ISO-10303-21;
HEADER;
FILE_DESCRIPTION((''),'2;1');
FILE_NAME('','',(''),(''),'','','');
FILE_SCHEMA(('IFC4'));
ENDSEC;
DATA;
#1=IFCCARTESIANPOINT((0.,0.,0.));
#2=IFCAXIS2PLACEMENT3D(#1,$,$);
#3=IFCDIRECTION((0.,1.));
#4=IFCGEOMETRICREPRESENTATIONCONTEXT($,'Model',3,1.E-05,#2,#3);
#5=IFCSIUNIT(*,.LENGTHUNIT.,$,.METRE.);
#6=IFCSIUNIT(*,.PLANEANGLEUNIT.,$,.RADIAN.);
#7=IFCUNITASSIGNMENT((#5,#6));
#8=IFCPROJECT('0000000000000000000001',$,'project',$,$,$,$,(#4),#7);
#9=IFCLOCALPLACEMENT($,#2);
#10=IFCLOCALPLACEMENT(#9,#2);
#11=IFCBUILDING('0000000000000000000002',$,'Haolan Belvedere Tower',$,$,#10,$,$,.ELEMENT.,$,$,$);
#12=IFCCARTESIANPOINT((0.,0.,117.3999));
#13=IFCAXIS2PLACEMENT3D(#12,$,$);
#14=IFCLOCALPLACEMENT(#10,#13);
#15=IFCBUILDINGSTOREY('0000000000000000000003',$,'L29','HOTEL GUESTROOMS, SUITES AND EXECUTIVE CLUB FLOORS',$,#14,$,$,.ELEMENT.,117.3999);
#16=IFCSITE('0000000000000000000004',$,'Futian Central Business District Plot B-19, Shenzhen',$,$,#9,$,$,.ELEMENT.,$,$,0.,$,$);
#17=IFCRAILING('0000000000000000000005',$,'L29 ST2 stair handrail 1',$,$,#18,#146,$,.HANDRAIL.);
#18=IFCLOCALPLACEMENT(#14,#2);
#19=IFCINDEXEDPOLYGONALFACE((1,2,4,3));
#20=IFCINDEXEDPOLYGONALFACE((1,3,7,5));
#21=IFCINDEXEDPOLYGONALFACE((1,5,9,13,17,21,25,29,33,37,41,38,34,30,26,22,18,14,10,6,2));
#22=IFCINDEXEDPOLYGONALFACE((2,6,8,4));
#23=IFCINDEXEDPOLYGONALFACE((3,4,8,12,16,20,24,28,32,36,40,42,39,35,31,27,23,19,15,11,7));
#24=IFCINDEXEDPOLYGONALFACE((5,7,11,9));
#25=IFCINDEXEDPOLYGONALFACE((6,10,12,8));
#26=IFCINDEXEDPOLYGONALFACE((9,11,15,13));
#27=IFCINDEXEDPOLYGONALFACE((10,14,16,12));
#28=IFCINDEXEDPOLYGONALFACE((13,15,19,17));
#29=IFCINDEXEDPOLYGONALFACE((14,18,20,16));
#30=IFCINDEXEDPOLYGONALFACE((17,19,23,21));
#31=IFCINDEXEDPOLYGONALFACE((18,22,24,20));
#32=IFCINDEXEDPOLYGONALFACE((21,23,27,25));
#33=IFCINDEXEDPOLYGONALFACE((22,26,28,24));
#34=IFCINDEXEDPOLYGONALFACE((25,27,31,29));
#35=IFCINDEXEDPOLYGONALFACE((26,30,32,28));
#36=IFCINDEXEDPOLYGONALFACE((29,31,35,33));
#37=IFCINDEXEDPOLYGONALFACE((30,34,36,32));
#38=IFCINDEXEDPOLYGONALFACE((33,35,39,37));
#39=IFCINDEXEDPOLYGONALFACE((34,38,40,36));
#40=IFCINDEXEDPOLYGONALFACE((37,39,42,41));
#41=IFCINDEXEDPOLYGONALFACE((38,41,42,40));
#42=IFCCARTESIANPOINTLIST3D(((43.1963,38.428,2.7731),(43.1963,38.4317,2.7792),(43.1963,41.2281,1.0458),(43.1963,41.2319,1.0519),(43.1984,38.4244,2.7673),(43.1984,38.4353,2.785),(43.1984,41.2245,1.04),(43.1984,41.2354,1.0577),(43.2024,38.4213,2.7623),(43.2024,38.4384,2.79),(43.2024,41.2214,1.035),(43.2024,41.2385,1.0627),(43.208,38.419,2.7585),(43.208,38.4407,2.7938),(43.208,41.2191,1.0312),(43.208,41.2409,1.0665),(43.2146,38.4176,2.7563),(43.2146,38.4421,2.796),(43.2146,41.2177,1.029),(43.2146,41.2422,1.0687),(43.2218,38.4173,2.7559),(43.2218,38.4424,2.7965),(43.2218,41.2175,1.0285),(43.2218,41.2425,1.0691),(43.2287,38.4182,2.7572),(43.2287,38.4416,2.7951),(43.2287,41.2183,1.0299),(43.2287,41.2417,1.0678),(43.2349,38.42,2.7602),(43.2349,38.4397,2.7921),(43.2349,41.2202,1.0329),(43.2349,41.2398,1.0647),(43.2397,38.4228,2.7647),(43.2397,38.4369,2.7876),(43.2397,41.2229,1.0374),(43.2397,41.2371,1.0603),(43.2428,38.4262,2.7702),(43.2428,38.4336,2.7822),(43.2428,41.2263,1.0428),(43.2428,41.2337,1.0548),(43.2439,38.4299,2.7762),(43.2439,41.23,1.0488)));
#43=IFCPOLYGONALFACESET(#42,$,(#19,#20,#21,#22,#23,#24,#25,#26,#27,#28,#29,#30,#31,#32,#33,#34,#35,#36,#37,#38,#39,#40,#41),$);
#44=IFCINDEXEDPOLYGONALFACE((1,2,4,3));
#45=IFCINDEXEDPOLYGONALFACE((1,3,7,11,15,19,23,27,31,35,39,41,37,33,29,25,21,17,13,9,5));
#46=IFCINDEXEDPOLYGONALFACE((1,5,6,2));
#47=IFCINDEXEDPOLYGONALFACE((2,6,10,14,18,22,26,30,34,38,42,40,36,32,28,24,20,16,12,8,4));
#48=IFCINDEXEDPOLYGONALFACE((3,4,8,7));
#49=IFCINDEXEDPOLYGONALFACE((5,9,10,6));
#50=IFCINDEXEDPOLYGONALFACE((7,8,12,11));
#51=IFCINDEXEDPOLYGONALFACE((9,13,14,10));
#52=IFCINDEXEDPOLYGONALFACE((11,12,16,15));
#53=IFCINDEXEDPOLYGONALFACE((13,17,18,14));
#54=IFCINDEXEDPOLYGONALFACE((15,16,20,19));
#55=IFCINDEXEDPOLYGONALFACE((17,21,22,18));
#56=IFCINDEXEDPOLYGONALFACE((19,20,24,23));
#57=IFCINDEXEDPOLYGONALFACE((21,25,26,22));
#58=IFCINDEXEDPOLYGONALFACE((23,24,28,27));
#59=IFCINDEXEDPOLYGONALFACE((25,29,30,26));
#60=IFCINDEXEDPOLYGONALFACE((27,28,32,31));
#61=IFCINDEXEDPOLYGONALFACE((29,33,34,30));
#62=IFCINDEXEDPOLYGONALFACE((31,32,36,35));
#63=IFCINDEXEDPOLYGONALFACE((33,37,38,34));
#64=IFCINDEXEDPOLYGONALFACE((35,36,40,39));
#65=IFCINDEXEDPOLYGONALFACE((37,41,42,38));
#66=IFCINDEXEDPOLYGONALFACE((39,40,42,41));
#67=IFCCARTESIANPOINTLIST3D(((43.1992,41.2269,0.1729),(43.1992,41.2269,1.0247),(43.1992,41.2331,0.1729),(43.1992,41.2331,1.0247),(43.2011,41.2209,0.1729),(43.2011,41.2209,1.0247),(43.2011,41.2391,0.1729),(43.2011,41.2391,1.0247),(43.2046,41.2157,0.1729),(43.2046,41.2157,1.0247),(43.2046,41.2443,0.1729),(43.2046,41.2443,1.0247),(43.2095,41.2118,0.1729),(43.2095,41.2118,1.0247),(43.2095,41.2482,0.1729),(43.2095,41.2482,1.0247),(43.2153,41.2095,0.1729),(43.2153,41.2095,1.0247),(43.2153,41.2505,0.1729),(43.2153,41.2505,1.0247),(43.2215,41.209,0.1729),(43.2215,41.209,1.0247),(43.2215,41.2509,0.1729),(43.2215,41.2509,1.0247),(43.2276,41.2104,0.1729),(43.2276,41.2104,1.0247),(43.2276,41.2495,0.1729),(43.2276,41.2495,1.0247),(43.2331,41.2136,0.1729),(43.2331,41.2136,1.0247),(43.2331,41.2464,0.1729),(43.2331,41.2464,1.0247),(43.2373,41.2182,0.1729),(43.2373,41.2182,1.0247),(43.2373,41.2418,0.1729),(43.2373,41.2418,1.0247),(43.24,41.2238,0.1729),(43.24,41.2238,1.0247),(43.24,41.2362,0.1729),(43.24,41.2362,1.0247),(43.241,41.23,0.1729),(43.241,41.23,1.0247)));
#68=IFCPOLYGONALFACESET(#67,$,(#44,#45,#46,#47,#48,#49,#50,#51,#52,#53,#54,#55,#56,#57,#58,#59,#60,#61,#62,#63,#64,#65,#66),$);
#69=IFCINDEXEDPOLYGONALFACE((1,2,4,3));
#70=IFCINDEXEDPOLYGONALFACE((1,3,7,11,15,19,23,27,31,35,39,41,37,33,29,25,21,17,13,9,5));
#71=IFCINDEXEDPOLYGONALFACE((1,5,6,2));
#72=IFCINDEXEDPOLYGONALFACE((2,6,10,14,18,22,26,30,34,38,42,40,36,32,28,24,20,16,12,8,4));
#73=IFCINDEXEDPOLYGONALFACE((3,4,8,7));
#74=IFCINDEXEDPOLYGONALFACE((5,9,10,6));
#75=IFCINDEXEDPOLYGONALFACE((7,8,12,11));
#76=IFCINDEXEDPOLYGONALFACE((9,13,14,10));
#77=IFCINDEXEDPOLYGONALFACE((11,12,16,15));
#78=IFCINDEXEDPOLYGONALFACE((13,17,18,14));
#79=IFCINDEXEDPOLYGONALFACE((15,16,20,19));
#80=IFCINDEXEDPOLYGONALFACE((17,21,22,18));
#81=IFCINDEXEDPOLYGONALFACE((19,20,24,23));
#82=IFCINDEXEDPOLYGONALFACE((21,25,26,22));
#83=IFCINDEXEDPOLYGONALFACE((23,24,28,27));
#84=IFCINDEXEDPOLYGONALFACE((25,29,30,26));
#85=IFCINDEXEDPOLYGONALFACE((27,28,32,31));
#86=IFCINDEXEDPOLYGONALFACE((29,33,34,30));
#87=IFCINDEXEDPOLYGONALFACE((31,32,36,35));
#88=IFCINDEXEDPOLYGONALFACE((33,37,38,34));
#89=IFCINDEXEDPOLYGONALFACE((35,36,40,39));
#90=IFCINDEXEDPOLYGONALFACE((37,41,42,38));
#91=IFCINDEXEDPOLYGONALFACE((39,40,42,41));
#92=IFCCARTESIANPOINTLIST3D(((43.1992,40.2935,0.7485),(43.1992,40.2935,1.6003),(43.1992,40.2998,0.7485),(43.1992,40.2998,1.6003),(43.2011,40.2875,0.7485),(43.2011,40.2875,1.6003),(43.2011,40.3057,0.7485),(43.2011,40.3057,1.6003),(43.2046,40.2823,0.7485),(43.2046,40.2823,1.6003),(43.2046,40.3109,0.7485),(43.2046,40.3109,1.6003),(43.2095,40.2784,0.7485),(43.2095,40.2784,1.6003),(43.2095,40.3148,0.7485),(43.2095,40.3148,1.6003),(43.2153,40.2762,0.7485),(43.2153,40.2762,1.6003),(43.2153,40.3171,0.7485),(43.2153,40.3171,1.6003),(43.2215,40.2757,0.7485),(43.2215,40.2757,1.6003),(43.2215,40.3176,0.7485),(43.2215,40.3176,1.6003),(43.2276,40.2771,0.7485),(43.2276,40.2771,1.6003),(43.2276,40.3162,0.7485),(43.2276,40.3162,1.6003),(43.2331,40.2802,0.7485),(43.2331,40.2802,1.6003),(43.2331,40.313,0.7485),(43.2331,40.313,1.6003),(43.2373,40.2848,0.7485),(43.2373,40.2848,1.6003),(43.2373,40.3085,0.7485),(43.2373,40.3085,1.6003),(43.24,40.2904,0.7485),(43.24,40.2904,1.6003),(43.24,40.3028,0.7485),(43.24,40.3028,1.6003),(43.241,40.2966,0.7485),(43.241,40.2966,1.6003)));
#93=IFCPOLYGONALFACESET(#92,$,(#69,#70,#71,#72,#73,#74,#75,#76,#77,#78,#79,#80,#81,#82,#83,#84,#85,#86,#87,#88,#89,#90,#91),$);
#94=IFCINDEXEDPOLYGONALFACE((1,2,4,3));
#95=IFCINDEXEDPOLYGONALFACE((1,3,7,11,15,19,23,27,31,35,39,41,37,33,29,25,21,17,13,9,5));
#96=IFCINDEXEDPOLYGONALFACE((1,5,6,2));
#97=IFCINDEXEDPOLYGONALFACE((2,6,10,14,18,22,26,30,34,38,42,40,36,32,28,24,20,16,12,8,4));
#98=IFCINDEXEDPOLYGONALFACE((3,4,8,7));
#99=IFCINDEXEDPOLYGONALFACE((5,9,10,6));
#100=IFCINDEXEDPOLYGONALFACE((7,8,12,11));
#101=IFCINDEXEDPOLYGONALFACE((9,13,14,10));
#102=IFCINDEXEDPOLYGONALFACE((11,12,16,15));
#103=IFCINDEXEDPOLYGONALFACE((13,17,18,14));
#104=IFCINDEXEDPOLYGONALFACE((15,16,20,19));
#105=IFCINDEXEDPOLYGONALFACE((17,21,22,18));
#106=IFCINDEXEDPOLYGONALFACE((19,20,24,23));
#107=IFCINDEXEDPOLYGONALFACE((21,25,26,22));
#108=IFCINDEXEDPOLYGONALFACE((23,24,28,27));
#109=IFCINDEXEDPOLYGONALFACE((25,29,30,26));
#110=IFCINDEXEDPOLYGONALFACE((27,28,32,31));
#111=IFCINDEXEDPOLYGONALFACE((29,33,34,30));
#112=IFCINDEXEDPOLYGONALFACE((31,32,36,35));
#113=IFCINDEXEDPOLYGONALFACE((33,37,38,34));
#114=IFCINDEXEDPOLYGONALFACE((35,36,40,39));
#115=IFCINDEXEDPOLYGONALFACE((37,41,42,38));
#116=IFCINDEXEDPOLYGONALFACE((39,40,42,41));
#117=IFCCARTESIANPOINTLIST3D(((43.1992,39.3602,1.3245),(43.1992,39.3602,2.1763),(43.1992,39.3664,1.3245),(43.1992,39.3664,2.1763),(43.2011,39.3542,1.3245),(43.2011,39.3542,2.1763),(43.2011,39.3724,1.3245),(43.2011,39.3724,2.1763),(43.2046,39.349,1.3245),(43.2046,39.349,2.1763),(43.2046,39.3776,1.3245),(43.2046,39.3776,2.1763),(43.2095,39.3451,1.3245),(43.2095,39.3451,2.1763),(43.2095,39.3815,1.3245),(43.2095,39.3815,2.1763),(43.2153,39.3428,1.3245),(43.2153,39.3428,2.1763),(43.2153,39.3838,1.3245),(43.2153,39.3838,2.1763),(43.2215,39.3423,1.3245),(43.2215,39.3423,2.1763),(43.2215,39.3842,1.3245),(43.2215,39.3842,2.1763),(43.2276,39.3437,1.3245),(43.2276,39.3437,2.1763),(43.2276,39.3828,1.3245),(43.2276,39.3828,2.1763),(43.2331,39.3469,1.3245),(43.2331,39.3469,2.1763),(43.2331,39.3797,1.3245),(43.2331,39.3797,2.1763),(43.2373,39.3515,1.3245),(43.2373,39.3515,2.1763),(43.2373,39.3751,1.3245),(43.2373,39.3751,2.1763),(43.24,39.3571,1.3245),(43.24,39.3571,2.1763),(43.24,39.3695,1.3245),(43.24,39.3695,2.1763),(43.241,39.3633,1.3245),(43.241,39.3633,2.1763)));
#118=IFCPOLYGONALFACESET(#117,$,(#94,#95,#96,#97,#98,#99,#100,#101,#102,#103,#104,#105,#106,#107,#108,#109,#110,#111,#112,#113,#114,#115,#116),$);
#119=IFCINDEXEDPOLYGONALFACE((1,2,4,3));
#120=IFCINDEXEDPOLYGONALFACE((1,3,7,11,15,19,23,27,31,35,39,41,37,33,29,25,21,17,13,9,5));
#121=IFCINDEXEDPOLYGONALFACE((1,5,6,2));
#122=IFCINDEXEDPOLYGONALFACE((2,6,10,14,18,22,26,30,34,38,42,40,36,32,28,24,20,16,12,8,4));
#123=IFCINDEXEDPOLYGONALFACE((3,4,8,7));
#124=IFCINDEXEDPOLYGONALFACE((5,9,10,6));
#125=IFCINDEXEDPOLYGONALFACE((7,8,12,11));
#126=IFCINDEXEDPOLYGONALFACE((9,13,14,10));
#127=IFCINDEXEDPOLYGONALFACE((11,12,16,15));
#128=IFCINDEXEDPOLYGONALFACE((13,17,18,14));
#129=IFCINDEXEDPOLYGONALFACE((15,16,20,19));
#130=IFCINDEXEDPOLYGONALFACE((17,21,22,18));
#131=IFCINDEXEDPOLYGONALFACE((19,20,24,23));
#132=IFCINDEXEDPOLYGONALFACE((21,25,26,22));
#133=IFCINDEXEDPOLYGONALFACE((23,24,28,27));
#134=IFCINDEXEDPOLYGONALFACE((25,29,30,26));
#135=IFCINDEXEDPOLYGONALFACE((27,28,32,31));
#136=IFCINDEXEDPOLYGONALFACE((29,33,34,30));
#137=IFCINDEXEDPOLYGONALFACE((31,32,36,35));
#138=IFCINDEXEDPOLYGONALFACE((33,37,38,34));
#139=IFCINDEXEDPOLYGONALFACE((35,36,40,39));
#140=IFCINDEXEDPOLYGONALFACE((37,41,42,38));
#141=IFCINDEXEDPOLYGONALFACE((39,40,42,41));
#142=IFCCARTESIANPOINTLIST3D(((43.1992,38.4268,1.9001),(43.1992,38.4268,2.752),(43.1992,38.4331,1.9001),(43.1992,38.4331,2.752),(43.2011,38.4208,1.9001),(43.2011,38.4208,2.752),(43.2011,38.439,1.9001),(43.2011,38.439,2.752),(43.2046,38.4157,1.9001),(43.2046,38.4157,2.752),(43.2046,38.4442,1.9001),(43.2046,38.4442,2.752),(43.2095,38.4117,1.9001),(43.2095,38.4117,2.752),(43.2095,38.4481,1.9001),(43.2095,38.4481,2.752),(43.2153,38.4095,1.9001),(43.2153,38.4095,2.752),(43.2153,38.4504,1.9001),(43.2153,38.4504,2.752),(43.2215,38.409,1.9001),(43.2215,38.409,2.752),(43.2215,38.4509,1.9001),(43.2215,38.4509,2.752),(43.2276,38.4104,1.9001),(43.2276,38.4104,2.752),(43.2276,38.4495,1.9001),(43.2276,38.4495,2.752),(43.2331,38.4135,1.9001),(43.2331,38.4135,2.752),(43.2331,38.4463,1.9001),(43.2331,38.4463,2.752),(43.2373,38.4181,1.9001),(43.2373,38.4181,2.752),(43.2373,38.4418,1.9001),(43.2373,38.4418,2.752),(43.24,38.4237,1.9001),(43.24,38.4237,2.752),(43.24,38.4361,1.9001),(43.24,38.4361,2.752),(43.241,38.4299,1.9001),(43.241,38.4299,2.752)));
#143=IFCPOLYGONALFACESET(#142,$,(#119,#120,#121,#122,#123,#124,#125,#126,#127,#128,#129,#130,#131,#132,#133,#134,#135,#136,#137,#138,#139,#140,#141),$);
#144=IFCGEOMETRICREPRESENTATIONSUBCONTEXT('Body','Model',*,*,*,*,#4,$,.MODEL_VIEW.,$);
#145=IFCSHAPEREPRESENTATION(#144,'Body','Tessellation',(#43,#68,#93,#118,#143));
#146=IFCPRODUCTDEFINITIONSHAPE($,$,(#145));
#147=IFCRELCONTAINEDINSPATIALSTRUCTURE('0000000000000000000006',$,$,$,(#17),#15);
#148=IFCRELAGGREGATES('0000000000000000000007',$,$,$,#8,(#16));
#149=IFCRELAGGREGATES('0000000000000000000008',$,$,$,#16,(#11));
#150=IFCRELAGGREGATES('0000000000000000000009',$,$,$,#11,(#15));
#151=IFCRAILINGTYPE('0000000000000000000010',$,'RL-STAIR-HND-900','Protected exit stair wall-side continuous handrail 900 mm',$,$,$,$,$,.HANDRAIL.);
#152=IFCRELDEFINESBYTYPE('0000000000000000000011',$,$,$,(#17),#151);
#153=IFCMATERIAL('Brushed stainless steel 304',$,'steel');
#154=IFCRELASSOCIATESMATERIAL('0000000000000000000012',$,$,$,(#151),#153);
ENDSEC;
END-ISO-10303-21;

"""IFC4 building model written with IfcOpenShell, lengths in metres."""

from ifc_helpers import new_model, si_unit, direction, frame, origin, origin_2d, place, context, subcontext, project, spatial, circle, extrude, material, type_object, element, save


model = new_model("IFC4")

# Units and contexts
model_context = context("Model", 3, precision=1e-05, world=origin(), true_north=direction((0.0, 1.0)))
body_context = subcontext(model_context, "Body", "Model", "MODEL_VIEW")
ifc_project = project(units=[si_unit("LENGTHUNIT", "METRE"), si_unit("PLANEANGLEUNIT", "RADIAN")], contexts=[model_context])

# Site, building, storey
site_placement = place(None, origin())
site = spatial("IfcSite", under=ifc_project, at=site_placement, Name="Futian Central Business District Plot B-19, Shenzhen", CompositionType="ELEMENT", RefElevation=0.0)
building_placement = place(site_placement, origin())
building = spatial("IfcBuilding", under=site, at=building_placement, Name="Haolan Belvedere Tower", CompositionType="ELEMENT")
storey_placement = place(building_placement, frame((0.0, 0.0, 117.3999)))
storey = spatial("IfcBuildingStorey", under=building, at=storey_placement, Name="L29", Description="HOTEL GUESTROOMS, SUITES AND EXECUTIVE CLUB FLOORS", CompositionType="ELEMENT", Elevation=117.3999)

# Railing
ifc_material_1 = material(Name="Brushed stainless steel 304", Category="steel")
railing_type_1 = type_object("IfcRailingType", Name="RL-STAIR-HND-900", Description="Protected exit stair wall-side continuous handrail 900 mm", PredefinedType="HANDRAIL", material=ifc_material_1)
railing_1_placement = place(storey_placement, frame((43.22, 41.23, 0.1729)))
element("IfcRailing", 1, at=railing_1_placement, inside=storey, type_object=railing_type_1, Name="L29 ST2 stair handrail 1", PredefinedType="HANDRAIL", context=body_context, shape_type="SweptSolid", body=[
    extrude(circle(Radius=0.0239, at=origin_2d()), frame((0.0, 0.0, 0.876), z_axis=(0.0, -0.85109, 0.52502), x_axis=(1.0, 0.0, 0.0)), (0.0, 0.0, 1.0), 3.29),
    extrude(circle(Radius=0.021, at=origin_2d()), origin(), (0.0, 0.0, 1.0), 0.8518),
    extrude(circle(Radius=0.021, at=origin_2d()), frame((0.0, -0.9333, 0.5757)), (0.0, 0.0, 1.0), 0.8518),
    extrude(circle(Radius=0.021, at=origin_2d()), frame((0.0, -1.8667, 1.1516)), (0.0, 0.0, 1.0), 0.8518),
    extrude(circle(Radius=0.021, at=origin_2d()), frame((0.0, -2.8, 1.7273)), (0.0, 0.0, 1.0), 0.8518),
])

save(model, "model.ifc")
